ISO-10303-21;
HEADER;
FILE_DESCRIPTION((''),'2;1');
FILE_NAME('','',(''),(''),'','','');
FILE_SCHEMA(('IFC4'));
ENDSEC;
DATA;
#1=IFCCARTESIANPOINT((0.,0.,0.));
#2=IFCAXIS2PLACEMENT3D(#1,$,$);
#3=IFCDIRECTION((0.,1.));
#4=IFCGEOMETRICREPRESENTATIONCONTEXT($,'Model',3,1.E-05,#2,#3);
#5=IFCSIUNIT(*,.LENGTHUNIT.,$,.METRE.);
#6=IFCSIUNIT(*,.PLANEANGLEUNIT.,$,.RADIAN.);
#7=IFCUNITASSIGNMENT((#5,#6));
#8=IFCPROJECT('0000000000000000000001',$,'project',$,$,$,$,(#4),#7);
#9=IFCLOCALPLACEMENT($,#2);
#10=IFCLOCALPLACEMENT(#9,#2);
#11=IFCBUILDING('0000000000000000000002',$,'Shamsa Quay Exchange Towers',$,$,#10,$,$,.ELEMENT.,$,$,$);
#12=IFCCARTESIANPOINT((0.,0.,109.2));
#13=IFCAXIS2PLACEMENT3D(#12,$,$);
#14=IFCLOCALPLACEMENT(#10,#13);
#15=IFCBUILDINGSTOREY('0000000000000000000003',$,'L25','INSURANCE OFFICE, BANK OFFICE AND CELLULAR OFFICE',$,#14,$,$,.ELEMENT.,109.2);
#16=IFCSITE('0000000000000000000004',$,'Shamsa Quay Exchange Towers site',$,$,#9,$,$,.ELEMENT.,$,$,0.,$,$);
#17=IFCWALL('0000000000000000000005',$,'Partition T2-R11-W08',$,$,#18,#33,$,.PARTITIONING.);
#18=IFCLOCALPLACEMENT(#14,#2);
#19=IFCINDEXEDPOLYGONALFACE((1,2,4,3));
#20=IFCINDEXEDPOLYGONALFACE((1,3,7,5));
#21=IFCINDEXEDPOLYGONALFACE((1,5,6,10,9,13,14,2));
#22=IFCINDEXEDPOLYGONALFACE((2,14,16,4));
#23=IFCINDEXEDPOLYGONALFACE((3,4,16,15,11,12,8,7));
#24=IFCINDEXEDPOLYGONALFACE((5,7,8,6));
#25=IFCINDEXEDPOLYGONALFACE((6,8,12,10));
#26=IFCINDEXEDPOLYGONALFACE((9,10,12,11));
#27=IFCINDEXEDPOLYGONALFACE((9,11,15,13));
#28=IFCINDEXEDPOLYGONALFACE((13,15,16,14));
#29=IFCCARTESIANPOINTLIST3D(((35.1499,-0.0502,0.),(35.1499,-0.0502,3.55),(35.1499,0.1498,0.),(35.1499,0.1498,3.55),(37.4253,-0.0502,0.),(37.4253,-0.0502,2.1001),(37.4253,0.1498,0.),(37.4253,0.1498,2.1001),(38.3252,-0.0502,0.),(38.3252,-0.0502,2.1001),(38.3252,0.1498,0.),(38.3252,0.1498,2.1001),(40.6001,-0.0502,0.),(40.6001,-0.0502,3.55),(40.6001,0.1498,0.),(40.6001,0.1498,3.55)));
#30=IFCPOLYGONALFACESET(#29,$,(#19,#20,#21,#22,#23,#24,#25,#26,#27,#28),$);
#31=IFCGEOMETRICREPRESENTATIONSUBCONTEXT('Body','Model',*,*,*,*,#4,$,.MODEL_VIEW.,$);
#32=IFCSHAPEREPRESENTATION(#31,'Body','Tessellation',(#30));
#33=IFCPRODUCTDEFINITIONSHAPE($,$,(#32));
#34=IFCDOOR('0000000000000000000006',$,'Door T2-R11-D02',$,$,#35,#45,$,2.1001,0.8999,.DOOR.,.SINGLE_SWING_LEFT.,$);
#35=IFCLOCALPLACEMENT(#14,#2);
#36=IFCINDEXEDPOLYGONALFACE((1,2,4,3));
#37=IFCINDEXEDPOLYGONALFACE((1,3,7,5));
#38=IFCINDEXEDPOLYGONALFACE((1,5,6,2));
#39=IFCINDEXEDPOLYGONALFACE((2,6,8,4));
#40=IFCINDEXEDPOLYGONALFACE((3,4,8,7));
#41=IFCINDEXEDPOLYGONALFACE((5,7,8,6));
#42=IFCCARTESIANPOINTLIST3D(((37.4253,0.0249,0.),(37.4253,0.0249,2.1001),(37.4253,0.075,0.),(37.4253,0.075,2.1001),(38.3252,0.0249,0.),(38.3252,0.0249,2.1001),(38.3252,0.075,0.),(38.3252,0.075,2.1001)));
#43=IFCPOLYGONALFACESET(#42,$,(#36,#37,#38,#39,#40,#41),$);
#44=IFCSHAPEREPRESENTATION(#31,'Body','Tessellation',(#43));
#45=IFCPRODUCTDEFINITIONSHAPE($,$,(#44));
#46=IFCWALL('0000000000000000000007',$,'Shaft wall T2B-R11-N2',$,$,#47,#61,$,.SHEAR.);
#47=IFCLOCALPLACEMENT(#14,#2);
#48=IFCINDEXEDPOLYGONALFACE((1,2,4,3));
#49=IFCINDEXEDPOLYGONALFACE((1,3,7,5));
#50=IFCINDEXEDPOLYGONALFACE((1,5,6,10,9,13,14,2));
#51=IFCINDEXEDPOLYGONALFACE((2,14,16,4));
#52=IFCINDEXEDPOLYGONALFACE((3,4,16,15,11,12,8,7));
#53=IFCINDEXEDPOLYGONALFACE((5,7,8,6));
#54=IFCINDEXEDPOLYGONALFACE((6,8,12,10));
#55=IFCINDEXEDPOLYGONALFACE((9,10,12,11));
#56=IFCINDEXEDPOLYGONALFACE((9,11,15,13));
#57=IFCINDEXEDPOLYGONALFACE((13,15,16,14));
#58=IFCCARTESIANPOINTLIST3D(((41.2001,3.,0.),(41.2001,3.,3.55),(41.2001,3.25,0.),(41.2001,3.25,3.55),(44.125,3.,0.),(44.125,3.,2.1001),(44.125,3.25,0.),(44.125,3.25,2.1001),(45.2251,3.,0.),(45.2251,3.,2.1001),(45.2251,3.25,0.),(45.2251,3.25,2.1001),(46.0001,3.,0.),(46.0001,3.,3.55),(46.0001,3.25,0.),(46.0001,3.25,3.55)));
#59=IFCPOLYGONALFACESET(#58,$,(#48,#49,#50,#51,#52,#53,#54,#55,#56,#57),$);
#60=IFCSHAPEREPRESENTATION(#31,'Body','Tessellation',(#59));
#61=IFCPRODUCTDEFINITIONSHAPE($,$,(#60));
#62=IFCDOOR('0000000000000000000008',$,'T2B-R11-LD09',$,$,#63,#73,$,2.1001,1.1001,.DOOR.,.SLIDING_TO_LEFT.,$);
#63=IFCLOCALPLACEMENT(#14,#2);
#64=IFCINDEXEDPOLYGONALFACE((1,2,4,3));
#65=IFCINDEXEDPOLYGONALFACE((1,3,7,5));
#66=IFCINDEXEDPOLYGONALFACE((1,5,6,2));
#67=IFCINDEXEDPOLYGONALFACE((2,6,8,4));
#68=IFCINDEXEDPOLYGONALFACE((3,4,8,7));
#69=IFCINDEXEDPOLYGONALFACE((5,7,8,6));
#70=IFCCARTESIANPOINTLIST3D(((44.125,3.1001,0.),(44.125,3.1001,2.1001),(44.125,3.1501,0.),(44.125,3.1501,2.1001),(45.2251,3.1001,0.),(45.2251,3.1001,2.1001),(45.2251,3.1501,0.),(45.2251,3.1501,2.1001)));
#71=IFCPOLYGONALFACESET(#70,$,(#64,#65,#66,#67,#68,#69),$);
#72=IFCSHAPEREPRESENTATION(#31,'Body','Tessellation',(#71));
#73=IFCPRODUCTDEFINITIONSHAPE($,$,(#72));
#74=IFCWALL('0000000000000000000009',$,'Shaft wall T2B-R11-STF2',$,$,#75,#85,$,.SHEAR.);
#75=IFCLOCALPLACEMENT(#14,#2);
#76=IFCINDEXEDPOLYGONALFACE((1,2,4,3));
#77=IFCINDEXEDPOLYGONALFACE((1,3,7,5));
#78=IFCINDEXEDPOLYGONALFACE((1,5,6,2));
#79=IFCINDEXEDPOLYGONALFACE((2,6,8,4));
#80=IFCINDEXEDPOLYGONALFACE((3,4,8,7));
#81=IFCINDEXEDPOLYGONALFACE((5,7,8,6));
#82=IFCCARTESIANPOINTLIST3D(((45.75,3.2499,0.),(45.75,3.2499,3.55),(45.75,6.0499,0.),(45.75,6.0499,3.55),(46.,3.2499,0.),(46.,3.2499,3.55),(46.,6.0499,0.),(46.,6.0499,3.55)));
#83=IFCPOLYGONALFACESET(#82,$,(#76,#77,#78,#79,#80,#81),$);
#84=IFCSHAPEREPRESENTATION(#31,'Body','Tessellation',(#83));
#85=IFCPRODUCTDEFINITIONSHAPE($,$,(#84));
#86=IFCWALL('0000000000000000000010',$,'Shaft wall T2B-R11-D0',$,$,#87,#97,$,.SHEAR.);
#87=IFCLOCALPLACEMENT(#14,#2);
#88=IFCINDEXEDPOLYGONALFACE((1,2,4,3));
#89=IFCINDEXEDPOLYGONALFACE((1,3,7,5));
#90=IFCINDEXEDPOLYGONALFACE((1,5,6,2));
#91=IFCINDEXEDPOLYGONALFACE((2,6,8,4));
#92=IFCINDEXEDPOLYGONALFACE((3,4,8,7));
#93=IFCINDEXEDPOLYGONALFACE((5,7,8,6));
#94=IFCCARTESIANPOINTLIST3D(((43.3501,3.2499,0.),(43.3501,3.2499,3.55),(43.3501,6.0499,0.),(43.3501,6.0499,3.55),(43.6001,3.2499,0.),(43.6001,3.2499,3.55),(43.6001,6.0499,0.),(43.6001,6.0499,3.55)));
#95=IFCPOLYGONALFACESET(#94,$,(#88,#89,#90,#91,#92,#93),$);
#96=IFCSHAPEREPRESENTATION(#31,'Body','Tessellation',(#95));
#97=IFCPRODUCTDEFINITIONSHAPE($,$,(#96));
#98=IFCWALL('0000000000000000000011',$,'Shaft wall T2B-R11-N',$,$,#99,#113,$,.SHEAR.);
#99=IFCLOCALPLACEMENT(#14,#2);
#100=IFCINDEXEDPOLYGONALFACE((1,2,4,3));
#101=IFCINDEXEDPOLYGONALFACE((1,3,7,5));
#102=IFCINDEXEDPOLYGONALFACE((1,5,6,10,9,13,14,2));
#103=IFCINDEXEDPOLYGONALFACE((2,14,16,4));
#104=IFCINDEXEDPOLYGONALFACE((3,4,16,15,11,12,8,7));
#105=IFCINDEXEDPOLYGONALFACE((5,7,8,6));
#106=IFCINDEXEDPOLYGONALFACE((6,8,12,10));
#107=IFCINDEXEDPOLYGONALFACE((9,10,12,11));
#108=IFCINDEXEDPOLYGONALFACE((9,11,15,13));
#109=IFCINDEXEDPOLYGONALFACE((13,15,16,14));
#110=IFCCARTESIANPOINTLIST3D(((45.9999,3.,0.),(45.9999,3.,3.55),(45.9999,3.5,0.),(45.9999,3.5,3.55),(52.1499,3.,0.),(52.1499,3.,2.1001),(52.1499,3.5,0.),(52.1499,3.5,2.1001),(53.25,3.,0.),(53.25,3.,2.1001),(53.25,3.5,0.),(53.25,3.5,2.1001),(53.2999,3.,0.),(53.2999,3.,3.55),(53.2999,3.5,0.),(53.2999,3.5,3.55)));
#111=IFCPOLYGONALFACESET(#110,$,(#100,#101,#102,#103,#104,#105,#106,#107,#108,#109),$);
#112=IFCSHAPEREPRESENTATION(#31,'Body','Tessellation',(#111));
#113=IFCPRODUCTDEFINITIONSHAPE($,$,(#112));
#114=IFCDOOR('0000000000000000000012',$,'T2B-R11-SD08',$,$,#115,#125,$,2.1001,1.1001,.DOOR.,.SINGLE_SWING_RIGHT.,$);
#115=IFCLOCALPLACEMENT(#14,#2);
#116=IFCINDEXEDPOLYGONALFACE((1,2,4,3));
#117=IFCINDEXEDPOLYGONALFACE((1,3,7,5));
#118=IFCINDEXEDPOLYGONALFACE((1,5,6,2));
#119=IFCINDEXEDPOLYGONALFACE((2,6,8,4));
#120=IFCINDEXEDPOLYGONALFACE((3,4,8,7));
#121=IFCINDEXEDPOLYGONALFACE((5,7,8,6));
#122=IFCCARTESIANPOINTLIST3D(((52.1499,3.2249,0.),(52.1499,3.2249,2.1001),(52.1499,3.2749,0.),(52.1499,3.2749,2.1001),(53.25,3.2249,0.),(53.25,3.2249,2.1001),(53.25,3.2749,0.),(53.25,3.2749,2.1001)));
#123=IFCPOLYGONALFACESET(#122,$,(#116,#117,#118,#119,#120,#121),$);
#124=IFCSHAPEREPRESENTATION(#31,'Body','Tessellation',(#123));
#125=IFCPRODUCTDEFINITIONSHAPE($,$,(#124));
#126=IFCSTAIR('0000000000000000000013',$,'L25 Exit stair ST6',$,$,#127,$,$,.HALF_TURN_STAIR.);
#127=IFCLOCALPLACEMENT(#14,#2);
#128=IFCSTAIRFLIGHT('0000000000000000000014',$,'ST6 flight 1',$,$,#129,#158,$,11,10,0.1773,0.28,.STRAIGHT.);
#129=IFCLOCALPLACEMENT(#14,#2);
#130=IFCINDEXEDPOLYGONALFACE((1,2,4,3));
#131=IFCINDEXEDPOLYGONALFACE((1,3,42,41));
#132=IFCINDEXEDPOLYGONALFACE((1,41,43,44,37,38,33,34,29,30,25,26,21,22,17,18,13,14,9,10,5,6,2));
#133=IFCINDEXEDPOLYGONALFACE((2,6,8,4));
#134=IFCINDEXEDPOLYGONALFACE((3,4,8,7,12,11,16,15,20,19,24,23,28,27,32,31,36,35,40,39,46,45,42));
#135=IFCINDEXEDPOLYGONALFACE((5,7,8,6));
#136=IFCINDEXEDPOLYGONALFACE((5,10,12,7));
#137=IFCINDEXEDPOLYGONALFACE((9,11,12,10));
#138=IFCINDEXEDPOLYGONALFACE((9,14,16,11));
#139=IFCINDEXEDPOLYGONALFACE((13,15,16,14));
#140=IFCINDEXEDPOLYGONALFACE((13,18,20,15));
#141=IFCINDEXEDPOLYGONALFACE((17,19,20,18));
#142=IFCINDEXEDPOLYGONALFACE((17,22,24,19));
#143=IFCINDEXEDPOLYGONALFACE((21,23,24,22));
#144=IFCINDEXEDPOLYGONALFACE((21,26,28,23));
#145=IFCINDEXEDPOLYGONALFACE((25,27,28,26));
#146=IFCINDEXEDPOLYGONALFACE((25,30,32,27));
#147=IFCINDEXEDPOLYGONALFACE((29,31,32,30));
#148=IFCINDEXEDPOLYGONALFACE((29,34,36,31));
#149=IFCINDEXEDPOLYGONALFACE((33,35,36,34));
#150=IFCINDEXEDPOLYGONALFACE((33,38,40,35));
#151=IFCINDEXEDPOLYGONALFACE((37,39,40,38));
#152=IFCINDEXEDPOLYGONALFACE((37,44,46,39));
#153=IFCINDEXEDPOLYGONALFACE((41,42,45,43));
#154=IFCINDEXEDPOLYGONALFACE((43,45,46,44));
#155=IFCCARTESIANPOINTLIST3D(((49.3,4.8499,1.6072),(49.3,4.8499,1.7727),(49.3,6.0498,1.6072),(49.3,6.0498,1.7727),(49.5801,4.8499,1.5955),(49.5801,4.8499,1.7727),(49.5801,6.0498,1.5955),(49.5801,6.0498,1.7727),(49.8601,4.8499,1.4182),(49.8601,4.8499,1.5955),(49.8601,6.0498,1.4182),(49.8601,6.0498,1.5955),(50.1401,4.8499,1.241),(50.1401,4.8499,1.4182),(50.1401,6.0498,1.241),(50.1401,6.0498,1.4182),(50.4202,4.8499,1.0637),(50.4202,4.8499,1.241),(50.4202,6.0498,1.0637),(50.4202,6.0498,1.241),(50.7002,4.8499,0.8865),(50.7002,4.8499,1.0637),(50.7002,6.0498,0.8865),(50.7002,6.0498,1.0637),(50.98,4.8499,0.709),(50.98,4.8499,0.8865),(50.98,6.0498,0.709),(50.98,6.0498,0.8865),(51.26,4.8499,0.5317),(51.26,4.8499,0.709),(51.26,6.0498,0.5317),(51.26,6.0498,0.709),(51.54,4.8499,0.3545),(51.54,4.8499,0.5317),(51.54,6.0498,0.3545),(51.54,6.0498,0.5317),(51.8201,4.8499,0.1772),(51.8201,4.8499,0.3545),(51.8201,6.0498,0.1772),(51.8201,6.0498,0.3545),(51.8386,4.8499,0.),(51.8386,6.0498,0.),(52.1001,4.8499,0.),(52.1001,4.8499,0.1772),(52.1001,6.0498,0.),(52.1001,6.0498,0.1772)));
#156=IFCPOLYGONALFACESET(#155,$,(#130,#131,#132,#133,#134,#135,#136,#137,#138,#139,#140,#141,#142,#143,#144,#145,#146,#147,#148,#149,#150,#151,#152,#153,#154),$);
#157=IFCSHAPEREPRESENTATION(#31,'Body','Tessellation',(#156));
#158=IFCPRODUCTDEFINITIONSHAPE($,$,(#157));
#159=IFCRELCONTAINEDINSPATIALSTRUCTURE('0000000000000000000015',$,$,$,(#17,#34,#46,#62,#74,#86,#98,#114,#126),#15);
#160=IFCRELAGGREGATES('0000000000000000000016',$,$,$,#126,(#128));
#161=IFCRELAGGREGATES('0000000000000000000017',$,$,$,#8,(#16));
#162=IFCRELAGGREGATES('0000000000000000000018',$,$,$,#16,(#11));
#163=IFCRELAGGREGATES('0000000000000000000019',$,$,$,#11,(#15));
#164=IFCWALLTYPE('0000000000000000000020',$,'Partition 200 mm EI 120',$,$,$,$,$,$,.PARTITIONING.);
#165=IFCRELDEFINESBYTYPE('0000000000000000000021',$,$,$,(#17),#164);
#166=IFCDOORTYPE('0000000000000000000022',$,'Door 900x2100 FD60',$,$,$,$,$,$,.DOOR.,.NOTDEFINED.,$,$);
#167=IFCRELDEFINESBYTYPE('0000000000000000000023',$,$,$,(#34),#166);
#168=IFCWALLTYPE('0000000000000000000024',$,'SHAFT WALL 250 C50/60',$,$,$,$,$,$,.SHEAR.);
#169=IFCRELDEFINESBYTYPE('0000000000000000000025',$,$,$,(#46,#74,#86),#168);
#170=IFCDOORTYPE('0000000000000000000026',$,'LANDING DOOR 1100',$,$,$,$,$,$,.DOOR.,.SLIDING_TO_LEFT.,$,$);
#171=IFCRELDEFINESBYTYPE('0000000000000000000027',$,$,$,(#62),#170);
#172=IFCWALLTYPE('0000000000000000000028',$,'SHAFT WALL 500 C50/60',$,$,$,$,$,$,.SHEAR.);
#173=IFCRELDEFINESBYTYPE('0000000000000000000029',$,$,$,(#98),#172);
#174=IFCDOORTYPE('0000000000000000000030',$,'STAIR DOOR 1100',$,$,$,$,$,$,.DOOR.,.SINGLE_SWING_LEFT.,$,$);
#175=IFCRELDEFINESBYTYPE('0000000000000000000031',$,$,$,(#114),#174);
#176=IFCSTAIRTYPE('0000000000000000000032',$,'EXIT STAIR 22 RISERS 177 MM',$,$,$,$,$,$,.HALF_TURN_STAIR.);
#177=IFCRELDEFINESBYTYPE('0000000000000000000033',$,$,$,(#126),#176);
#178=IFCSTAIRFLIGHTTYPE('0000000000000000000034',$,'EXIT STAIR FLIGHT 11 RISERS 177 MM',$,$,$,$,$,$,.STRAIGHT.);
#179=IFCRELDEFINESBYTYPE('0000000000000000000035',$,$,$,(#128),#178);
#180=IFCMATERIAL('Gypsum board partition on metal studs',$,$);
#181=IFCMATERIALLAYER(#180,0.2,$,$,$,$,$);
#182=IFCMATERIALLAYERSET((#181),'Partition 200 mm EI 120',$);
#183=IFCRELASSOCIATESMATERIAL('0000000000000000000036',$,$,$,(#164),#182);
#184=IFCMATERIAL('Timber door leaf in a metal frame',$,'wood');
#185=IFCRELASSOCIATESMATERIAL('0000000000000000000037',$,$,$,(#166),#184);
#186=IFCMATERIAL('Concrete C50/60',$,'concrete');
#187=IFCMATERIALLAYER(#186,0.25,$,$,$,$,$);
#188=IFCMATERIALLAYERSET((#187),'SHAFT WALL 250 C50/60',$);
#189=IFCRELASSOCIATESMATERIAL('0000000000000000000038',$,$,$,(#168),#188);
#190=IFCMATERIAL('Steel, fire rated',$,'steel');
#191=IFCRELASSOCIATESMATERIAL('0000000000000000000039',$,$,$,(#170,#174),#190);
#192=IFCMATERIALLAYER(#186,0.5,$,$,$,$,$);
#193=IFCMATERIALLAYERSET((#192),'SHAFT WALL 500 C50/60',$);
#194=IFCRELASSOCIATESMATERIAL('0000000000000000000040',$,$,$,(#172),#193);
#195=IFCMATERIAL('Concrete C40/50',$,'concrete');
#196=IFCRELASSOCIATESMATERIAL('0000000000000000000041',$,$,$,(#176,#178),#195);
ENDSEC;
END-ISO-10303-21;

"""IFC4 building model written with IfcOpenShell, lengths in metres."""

from ifc_helpers import new_model, si_unit, direction, frame, frame_2d, origin, place, context, subcontext, project, spatial, polyline, rectangle, outline, extrude, material, layer, layer_set, type_object, element, fill, aggregate, save


model = new_model("IFC4")

# Units and contexts
model_context = context("Model", 3, precision=1e-05, world=origin(), true_north=direction((0.0, 1.0)))
body_context = subcontext(model_context, "Body", "Model", "MODEL_VIEW")
ifc_project = project(units=[si_unit("LENGTHUNIT", "METRE"), si_unit("PLANEANGLEUNIT", "RADIAN")], contexts=[model_context])

# Site, building, storey
site_placement = place(None, origin())
site = spatial("IfcSite", under=ifc_project, at=site_placement, Name="Shamsa Quay Exchange Towers site", CompositionType="ELEMENT", RefElevation=0.0)
building_placement = place(site_placement, origin())
building = spatial("IfcBuilding", under=site, at=building_placement, Name="Shamsa Quay Exchange Towers", CompositionType="ELEMENT")
storey_placement = place(building_placement, frame((0.0, 0.0, 109.2)))
storey = spatial("IfcBuildingStorey", under=building, at=storey_placement, Name="L25", Description="INSURANCE OFFICE, BANK OFFICE AND CELLULAR OFFICE", CompositionType="ELEMENT", Elevation=109.2)

# Shared definitions
ifc_material_1 = material(Name="Gypsum board partition on metal studs")
ifc_material_2 = material(Name="Timber door leaf in a metal frame", Category="wood")

# Walls, openings, doors
ifc_layer_1 = layer(ifc_material_1, 0.2)
ifc_layer_set_1 = layer_set([ifc_layer_1], Name="Partition 200 mm EI 120")
wall_type_1 = type_object("IfcWallType", Name="Partition 200 mm EI 120", PredefinedType="PARTITIONING", material=ifc_layer_set_1)
wall_1_placement = place(storey_placement, frame((40.6001, 0.0498, 0.0), z_axis=(0.0, 0.0, 1.0), x_axis=(-1.0, 0.0, 0.0)))
wall_1 = element("IfcWall", 1, at=wall_1_placement, inside=storey, type_object=wall_type_1, Name="Partition T2-R11-W08", PredefinedType="PARTITIONING", context=body_context, shape_type="SweptSolid", body=[
    extrude(rectangle(XDim=5.4502, YDim=0.2, at=frame_2d((2.7251, 0.0))), origin(), (0.0, 0.0, 1.0), 3.55),
])
opening_1_placement = place(wall_1_placement, frame((2.2749, 0.0, 0.0)))
opening_1 = element("IfcOpeningElement", 2, at=opening_1_placement, cuts=wall_1, PredefinedType="OPENING", context=body_context, shape_type="SweptSolid", body=[
    extrude(rectangle(XDim=0.8999, YDim=2.1001, at=frame_2d((0.45, 1.05))), frame((0.0, 0.1099, 0.0), z_axis=(0.0, -1.0, 0.0), x_axis=(1.0, 0.0, 0.0)), (0.0, 0.0, 1.0), 0.22),
])
door_type_1 = type_object("IfcDoorType", Name="Door 900x2100 FD60", OperationType="NOTDEFINED", PredefinedType="DOOR", material=ifc_material_2)
door_1_placement = place(opening_1_placement, origin())
door_1 = element("IfcDoor", 3, at=door_1_placement, inside=storey, type_object=door_type_1, Name="Door T2-R11-D02", OperationType="SINGLE_SWING_LEFT", OverallHeight=2.1001, OverallWidth=0.8999, PredefinedType="DOOR", context=body_context, shape_type="SweptSolid", body=[
    extrude(rectangle(XDim=0.8999, YDim=2.1001, at=frame_2d((0.45, 1.05))), frame((0.0, 0.0249, 0.0), z_axis=(0.0, -1.0, 0.0), x_axis=(1.0, 0.0, 0.0)), (0.0, 0.0, 1.0), 0.05),
])
fill(opening_1, door_1)
ifc_material_3 = material(Name="Concrete C50/60", Category="concrete")
ifc_layer_2 = layer(ifc_material_3, 0.25)
ifc_layer_set_2 = layer_set([ifc_layer_2], Name="SHAFT WALL 250 C50/60")
wall_type_2 = type_object("IfcWallType", Name="SHAFT WALL 250 C50/60", PredefinedType="SHEAR", material=ifc_layer_set_2)
wall_2_placement = place(storey_placement, frame((46.0, 3.125, 0.0), z_axis=(0.0, 0.0, 1.0), x_axis=(-1.0, 0.0, 0.0)))
wall_2 = element("IfcWall", 4, at=wall_2_placement, inside=storey, type_object=wall_type_2, Name="Shaft wall T2B-R11-N2", PredefinedType="SHEAR", context=body_context, shape_type="SweptSolid", body=[
    extrude(rectangle(XDim=4.8, YDim=0.25, at=frame_2d((2.3999, 0.0))), origin(), (0.0, 0.0, 1.0), 3.55),
])
opening_2_placement = place(wall_2_placement, frame((0.7749, 0.0, 0.0)))
opening_2 = element("IfcOpeningElement", 5, at=opening_2_placement, cuts=wall_2, PredefinedType="OPENING", context=body_context, shape_type="SweptSolid", body=[
    extrude(rectangle(XDim=1.1001, YDim=2.1001, at=frame_2d((0.55, 1.05))), frame((0.0, 0.135, 0.0), z_axis=(0.0, -1.0, 0.0), x_axis=(1.0, 0.0, 0.0)), (0.0, 0.0, 1.0), 0.27),
])
ifc_material_4 = material(Name="Steel, fire rated", Category="steel")
door_type_2 = type_object("IfcDoorType", Name="LANDING DOOR 1100", OperationType="SLIDING_TO_LEFT", PredefinedType="DOOR", material=ifc_material_4)
door_2_placement = place(opening_2_placement, origin())
door_2 = element("IfcDoor", 6, at=door_2_placement, inside=storey, type_object=door_type_2, Name="T2B-R11-LD09", OperationType="SLIDING_TO_LEFT", OverallHeight=2.1001, OverallWidth=1.1001, PredefinedType="DOOR", context=body_context, shape_type="SweptSolid", body=[
    extrude(rectangle(XDim=1.1001, YDim=2.1001, at=frame_2d((0.55, 1.05))), frame((0.0, 0.0249, 0.0), z_axis=(0.0, -1.0, 0.0), x_axis=(1.0, 0.0, 0.0)), (0.0, 0.0, 1.0), 0.05),
])
fill(opening_2, door_2)

# Walls
for number, where, z_axis, x_axis, name in (
    (7, (45.875, 3.25, 0.0), (0.0, 0.0, 1.0), (0.0, 1.0, 0.0), "Shaft wall T2B-R11-STF2"),
    (8, (43.4751, 3.25, 0.0), (0.0, 0.0, 1.0), (0.0, 1.0, 0.0), "Shaft wall T2B-R11-D0"),
):
    element("IfcWall", number, at=place(storey_placement, frame(where, z_axis=z_axis, x_axis=x_axis)), inside=storey, type_object=wall_type_2, Name=name, PredefinedType="SHEAR", context=body_context, shape_type="SweptSolid", body=[
        extrude(rectangle(XDim=2.8, YDim=0.25, at=frame_2d((1.3999, 0.0))), origin(), (0.0, 0.0, 1.0), 3.55),
    ])

# Wall, opening, door
ifc_layer_3 = layer(ifc_material_3, 0.5)
ifc_layer_set_3 = layer_set([ifc_layer_3], Name="SHAFT WALL 500 C50/60")
wall_type_3 = type_object("IfcWallType", Name="SHAFT WALL 500 C50/60", PredefinedType="SHEAR", material=ifc_layer_set_3)
wall_3_placement = place(storey_placement, frame((46.0, 3.25, 0.0)))
wall_3 = element("IfcWall", 9, at=wall_3_placement, inside=storey, type_object=wall_type_3, Name="Shaft wall T2B-R11-N", PredefinedType="SHEAR", context=body_context, shape_type="SweptSolid", body=[
    extrude(rectangle(XDim=7.3, YDim=0.5, at=frame_2d((3.6499, 0.0))), origin(), (0.0, 0.0, 1.0), 3.55),
])
opening_3_placement = place(wall_3_placement, frame((6.1499, 0.0, 0.0)))
opening_3 = element("IfcOpeningElement", 10, at=opening_3_placement, cuts=wall_3, PredefinedType="OPENING", context=body_context, shape_type="SweptSolid", body=[
    extrude(rectangle(XDim=1.1001, YDim=2.1001, at=frame_2d((0.55, 1.05))), frame((0.0, 0.26, 0.0), z_axis=(0.0, -1.0, 0.0), x_axis=(1.0, 0.0, 0.0)), (0.0, 0.0, 1.0), 0.52),
])
door_type_3 = type_object("IfcDoorType", Name="STAIR DOOR 1100", OperationType="SINGLE_SWING_LEFT", PredefinedType="DOOR", material=ifc_material_4)
door_3_placement = place(opening_3_placement, origin())
door_3 = element("IfcDoor", 11, at=door_3_placement, inside=storey, type_object=door_type_3, Name="T2B-R11-SD08", OperationType="SINGLE_SWING_RIGHT", OverallHeight=2.1001, OverallWidth=1.1001, PredefinedType="DOOR", context=body_context, shape_type="SweptSolid", body=[
    extrude(rectangle(XDim=1.1001, YDim=2.1001, at=frame_2d((0.55, 1.05))), frame((0.0, 0.0249, 0.0), z_axis=(0.0, -1.0, 0.0), x_axis=(1.0, 0.0, 0.0)), (0.0, 0.0, 1.0), 0.05),
])
fill(opening_3, door_3)

# Stair, stair flight
ifc_material_5 = material(Name="Concrete C40/50", Category="concrete")
stair_type = type_object("IfcStairType", Name="EXIT STAIR 22 RISERS 177 MM", PredefinedType="HALF_TURN_STAIR", material=ifc_material_5)
stair_placement = place(storey_placement, origin())
stair = element("IfcStair", 12, at=stair_placement, inside=storey, type_object=stair_type, Name="L25 Exit stair ST6", PredefinedType="HALF_TURN_STAIR")
stair_flight_type = type_object("IfcStairFlightType", Name="EXIT STAIR FLIGHT 11 RISERS 177 MM", PredefinedType="STRAIGHT", material=ifc_material_5)
stair_flight_1_placement = place(storey_placement, frame((52.1001, 5.45, 0.0), z_axis=(0.0, 0.0, 1.0), x_axis=(-1.0, 0.0, 0.0)))
stair_flight_1 = element("IfcStairFlight", 13, at=stair_flight_1_placement, type_object=stair_flight_type, Name="ST6 flight 1", NumberOfRisers=11, NumberOfTreads=10, PredefinedType="STRAIGHT", RiserHeight=0.1773, TreadLength=0.28, context=body_context, shape_type="SweptSolid", body=[
    extrude(outline(polyline([(0.0, 0.0), (0.0, 0.1772), (0.28, 0.1772), (0.28, 0.3545), (0.5601, 0.3545), (0.5601, 0.5317), (0.8401, 0.5317), (0.8401, 0.709), (1.1201, 0.709), (1.1201, 0.8865), (1.3999, 0.8865), (1.3999, 1.0637), (1.6799, 1.0637), (1.6799, 1.241), (1.96, 1.241), (1.96, 1.4182), (2.24, 1.4182), (2.24, 1.5955), (2.52, 1.5955), (2.52, 1.7727), (2.8, 1.7727), (2.8, 1.95), (2.8, 1.6072), (0.2615, 0.0), (0.0, 0.0)])), frame((0.0, 0.6001, 0.0), z_axis=(0.0, -1.0, 0.0), x_axis=(1.0, 0.0, 0.0)), (0.0, 0.0, 1.0), 1.2),
])
aggregate(stair, [stair_flight_1])

save(model, "model.ifc")
